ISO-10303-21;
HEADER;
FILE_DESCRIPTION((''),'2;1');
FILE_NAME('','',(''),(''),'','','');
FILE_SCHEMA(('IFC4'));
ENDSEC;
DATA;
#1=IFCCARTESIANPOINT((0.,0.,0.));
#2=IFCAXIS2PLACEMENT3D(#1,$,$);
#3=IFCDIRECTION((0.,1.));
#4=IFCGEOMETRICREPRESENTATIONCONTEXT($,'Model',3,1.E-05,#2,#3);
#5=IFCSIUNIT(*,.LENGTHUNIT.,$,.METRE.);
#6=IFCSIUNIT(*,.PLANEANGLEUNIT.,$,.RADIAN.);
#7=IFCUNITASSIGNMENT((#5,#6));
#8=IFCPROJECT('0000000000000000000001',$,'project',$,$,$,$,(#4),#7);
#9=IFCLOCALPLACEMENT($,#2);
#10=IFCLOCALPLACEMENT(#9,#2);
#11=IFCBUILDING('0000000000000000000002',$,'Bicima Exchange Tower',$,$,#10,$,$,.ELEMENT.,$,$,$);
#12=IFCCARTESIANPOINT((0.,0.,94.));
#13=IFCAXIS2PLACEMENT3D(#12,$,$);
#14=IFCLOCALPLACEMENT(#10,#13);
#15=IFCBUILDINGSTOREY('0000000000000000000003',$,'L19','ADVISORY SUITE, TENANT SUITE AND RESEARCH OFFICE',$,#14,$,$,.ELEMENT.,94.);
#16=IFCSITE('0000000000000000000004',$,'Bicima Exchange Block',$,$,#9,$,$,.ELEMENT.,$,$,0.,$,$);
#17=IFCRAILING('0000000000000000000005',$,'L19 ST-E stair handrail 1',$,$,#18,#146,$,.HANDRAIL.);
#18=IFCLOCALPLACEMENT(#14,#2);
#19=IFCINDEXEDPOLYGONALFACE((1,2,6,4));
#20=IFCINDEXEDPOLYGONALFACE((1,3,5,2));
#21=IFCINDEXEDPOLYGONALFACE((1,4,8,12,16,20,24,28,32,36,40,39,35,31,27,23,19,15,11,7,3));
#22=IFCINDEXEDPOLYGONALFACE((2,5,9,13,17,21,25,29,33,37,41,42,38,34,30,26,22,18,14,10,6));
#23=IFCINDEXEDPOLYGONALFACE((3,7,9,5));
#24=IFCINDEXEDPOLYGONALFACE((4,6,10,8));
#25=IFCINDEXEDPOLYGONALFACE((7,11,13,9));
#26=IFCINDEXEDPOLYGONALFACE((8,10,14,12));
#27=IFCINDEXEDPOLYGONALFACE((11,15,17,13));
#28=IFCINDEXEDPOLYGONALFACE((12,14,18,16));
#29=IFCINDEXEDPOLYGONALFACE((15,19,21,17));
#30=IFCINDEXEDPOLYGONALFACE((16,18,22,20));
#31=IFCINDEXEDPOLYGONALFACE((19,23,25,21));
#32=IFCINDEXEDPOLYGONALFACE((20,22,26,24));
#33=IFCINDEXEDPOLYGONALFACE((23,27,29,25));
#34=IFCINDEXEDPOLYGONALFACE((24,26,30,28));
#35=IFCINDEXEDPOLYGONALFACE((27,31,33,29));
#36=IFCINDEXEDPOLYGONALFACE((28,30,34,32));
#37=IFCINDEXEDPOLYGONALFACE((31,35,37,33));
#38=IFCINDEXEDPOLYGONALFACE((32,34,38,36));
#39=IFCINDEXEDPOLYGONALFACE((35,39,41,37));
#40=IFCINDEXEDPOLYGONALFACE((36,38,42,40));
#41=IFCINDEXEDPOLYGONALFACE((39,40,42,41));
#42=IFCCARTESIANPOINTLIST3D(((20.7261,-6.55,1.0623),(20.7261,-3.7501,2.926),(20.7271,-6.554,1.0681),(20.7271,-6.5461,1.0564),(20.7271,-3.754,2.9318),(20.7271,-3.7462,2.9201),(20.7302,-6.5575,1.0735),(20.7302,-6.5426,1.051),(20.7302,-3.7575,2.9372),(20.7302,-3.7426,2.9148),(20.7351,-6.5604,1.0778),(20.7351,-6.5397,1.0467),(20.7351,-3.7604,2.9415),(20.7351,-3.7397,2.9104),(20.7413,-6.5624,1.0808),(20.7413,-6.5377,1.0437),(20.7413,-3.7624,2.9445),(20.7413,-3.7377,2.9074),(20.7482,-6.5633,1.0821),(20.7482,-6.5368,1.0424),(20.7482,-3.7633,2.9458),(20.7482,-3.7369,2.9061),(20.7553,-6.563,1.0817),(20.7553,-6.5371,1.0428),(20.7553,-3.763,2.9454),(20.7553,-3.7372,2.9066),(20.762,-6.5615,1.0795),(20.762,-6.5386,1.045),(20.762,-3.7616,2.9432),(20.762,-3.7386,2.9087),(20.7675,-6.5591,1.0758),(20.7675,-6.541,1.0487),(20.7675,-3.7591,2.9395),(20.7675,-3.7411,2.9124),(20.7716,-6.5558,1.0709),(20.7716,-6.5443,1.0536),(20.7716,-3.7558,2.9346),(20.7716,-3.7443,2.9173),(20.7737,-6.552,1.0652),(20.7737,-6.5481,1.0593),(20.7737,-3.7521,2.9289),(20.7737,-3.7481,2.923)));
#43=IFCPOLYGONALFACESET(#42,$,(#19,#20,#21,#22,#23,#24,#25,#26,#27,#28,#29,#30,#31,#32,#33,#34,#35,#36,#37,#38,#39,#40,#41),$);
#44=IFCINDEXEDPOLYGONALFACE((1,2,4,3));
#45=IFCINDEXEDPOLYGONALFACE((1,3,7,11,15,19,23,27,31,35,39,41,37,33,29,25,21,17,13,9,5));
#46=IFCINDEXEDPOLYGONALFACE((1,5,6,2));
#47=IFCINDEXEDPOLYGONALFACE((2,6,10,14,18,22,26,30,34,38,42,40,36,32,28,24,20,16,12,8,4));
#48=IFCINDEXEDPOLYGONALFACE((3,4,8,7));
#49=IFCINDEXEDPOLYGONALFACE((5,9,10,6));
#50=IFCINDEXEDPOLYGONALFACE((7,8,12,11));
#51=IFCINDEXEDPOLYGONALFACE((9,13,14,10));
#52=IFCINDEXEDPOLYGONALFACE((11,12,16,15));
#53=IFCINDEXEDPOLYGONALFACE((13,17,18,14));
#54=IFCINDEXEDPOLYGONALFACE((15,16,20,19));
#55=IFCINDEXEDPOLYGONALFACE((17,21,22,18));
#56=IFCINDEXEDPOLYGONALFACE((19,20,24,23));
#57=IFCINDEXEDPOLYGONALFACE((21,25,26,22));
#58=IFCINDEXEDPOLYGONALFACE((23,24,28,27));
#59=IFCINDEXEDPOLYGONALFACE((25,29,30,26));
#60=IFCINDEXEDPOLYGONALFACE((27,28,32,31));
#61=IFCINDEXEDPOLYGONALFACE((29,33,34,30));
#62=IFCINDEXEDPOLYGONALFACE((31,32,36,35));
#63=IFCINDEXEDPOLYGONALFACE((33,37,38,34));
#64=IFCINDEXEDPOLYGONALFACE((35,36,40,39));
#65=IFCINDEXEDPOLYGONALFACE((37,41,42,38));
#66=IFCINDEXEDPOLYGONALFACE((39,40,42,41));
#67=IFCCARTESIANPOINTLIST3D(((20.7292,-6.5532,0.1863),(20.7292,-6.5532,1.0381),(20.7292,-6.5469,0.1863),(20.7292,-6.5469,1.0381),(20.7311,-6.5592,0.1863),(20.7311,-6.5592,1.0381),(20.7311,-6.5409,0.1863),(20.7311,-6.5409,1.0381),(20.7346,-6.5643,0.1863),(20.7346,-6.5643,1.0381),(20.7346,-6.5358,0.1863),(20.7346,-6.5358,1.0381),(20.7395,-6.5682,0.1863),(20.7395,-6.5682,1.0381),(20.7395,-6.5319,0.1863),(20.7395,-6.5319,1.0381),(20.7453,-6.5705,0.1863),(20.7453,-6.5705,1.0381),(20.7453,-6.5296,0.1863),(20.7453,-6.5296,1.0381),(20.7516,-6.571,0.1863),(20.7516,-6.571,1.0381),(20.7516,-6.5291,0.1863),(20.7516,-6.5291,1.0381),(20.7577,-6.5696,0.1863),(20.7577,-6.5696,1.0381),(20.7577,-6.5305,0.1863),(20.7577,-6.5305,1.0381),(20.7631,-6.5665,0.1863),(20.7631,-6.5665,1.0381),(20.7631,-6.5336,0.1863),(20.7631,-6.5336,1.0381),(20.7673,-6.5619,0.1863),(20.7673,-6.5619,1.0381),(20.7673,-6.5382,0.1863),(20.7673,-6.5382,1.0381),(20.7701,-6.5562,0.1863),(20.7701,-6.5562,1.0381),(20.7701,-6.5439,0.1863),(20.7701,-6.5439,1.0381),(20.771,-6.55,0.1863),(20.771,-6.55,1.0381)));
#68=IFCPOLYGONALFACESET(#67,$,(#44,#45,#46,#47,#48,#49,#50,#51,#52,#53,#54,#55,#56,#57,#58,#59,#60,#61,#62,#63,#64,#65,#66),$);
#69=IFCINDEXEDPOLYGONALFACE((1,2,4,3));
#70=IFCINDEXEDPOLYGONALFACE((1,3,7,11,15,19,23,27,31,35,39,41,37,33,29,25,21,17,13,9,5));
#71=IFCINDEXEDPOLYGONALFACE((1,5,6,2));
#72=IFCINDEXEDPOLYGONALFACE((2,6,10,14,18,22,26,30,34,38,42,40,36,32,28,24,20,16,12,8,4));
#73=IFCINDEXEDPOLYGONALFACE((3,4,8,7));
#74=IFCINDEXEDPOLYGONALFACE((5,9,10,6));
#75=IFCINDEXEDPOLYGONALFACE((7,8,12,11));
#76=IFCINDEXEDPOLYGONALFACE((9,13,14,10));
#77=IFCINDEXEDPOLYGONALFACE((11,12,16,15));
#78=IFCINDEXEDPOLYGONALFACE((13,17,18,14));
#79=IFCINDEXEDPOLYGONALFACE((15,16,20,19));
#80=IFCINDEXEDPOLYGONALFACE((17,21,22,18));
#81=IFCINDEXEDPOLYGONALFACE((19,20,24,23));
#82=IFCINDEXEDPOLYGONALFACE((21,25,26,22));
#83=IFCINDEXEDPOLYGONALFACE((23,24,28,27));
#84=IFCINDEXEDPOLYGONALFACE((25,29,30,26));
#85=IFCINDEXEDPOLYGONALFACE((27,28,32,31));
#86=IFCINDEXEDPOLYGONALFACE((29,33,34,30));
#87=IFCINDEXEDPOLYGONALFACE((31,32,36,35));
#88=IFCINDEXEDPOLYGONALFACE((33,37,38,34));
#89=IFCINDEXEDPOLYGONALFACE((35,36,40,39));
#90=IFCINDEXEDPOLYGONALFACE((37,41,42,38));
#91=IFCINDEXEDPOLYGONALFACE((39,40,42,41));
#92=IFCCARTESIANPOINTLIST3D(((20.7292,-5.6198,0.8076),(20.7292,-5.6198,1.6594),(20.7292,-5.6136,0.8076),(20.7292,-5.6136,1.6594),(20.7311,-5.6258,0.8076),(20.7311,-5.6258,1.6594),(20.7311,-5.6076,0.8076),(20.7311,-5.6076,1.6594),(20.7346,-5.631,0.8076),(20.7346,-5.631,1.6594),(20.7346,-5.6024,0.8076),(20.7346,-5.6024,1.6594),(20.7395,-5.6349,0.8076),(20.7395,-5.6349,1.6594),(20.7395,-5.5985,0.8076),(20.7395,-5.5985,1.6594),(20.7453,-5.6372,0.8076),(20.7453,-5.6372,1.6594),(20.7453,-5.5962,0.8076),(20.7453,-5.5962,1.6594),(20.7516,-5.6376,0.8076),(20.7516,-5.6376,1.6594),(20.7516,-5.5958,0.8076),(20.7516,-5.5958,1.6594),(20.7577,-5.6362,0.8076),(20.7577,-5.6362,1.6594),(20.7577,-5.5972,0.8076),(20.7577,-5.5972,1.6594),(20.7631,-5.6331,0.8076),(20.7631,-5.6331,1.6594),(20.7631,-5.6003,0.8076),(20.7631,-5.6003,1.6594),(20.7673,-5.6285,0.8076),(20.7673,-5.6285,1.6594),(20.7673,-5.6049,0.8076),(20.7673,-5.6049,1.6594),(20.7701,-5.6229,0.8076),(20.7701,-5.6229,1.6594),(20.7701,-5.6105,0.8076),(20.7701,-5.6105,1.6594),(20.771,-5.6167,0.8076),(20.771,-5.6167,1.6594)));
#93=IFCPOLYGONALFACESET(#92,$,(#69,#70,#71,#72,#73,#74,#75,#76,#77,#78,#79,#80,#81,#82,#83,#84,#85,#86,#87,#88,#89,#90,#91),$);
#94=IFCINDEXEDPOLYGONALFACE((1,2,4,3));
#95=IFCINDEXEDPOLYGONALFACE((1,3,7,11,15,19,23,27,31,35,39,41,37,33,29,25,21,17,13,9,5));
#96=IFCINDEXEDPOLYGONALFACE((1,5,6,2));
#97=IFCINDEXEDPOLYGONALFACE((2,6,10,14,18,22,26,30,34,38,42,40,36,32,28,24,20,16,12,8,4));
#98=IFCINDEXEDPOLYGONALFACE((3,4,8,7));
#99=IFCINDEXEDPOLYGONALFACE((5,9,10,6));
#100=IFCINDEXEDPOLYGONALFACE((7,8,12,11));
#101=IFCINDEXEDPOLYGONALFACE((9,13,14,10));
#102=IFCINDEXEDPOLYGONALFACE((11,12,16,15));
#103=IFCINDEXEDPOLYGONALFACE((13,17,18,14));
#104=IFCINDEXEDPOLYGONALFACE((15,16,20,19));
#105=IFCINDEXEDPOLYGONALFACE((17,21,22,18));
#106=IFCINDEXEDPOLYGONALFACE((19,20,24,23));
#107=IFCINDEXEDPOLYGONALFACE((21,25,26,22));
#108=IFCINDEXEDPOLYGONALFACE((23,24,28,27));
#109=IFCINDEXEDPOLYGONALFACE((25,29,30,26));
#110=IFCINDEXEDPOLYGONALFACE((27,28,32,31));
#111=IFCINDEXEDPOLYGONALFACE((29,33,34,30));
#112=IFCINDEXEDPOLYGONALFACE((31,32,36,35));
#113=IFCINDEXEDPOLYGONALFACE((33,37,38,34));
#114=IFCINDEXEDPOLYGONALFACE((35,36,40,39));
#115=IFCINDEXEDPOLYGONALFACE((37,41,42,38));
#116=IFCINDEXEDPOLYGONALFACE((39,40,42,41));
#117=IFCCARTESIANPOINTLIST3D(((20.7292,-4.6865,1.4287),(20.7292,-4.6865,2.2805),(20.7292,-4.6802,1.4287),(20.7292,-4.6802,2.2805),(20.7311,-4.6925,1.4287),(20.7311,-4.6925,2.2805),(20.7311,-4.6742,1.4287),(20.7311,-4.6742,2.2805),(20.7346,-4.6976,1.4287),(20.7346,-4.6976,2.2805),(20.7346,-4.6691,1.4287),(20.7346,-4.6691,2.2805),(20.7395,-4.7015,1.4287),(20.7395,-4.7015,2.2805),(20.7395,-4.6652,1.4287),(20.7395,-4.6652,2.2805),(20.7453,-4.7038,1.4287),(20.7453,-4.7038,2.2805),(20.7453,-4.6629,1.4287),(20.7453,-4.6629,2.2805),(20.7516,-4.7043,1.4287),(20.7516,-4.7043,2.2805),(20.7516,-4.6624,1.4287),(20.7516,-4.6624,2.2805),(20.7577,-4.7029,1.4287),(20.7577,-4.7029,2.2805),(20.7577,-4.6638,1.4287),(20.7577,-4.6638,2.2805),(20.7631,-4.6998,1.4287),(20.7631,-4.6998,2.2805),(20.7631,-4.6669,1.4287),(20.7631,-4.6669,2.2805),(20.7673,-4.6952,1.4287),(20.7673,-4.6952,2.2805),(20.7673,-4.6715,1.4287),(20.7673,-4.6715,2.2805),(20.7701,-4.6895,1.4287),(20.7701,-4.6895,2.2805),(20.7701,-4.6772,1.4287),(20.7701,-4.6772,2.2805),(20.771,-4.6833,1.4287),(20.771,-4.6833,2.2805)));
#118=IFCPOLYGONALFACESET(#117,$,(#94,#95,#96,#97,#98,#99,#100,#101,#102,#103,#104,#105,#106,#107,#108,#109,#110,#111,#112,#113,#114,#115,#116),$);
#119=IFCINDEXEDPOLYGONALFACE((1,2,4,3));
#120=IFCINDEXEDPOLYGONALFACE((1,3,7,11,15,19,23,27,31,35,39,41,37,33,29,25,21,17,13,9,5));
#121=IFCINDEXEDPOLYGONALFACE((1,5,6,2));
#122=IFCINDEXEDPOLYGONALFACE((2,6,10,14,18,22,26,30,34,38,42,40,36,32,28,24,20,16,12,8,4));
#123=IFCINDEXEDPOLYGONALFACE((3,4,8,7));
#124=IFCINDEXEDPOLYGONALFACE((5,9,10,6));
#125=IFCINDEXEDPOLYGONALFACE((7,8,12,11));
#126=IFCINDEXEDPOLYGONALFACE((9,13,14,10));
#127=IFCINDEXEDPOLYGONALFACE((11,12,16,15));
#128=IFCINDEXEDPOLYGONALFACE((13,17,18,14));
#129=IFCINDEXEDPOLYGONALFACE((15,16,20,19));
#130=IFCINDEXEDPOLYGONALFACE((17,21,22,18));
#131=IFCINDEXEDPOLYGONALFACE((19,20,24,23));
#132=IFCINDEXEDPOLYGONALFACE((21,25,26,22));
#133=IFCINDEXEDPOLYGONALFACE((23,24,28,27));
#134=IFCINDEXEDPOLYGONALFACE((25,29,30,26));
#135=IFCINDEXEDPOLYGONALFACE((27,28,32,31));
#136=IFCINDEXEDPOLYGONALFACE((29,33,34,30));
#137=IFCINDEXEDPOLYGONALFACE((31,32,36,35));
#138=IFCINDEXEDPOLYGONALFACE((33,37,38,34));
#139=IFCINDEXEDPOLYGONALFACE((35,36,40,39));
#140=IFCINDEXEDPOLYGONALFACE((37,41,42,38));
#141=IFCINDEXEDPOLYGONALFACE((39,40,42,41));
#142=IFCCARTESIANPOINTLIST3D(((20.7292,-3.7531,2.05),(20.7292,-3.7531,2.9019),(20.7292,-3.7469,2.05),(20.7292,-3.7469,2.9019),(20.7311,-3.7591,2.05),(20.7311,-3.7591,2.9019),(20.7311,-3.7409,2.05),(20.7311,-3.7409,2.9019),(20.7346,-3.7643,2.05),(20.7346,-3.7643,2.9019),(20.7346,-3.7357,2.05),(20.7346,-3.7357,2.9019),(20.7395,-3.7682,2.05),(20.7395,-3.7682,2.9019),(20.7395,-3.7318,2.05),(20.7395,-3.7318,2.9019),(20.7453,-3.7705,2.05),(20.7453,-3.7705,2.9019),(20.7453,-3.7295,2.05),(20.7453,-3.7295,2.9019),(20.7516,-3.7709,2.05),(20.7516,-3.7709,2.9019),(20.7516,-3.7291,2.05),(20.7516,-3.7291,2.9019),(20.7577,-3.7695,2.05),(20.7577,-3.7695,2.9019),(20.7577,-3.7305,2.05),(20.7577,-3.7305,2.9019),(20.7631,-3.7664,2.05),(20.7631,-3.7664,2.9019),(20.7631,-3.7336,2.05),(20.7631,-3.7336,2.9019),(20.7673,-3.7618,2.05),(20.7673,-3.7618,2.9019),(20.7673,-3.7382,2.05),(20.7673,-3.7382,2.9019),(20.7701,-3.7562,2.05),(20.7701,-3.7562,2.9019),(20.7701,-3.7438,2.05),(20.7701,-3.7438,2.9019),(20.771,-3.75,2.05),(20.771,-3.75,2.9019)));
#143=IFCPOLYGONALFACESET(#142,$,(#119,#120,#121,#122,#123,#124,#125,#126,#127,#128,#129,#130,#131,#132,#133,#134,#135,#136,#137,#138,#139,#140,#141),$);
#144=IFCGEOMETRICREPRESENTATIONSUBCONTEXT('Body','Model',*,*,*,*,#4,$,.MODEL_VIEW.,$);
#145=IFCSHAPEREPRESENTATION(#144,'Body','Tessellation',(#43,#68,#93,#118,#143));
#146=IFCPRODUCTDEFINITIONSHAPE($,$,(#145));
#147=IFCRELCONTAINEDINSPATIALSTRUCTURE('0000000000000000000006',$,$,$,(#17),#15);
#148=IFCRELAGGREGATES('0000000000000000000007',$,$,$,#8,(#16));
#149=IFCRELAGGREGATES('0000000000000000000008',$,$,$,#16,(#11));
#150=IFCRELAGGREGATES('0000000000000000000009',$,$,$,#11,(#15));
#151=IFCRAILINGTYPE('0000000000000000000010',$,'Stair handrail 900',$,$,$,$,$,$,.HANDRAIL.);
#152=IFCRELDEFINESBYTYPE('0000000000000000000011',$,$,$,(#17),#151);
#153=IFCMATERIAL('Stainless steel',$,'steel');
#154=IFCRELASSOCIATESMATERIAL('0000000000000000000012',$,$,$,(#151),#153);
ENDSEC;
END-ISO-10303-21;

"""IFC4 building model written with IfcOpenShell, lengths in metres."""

from ifc_helpers import new_model, si_unit, direction, frame, origin, origin_2d, place, context, subcontext, project, spatial, circle, extrude, material, type_object, element, save


model = new_model("IFC4")

# Units and contexts
model_context = context("Model", 3, precision=1e-05, world=origin(), true_north=direction((0.0, 1.0)))
body_context = subcontext(model_context, "Body", "Model", "MODEL_VIEW")
ifc_project = project(units=[si_unit("LENGTHUNIT", "METRE"), si_unit("PLANEANGLEUNIT", "RADIAN")], contexts=[model_context])

# Site, building, storey
site_placement = place(None, origin())
site = spatial("IfcSite", under=ifc_project, at=site_placement, Name="Bicima Exchange Block", CompositionType="ELEMENT", RefElevation=0.0)
building_placement = place(site_placement, origin())
building = spatial("IfcBuilding", under=site, at=building_placement, Name="Bicima Exchange Tower", CompositionType="ELEMENT")
storey_placement = place(building_placement, frame((0.0, 0.0, 94.0)))
storey = spatial("IfcBuildingStorey", under=building, at=storey_placement, Name="L19", Description="ADVISORY SUITE, TENANT SUITE AND RESEARCH OFFICE", CompositionType="ELEMENT", Elevation=94.0)

# Railing
ifc_material_1 = material(Name="Stainless steel", Category="steel")
railing_type = type_object("IfcRailingType", Name="Stair handrail 900", PredefinedType="HANDRAIL", material=ifc_material_1)
railing_1_placement = place(storey_placement, frame((20.75, -6.55, 0.1863)))
element("IfcRailing", 1, at=railing_1_placement, inside=storey, type_object=railing_type, Name="L19 ST-E stair handrail 1", PredefinedType="HANDRAIL", context=body_context, shape_type="SweptSolid", body=[
    extrude(circle(Radius=0.0239, at=origin_2d()), frame((0.0, 0.0, 0.876), z_axis=(0.0, 0.832452, 0.554097), x_axis=(-1.0, 0.0, 0.0)), (0.0, 0.0, 1.0), 3.3635),
    extrude(circle(Radius=0.021, at=origin_2d()), origin(), (0.0, 0.0, 1.0), 0.8518),
    extrude(circle(Radius=0.021, at=origin_2d()), frame((0.0, 0.9333, 0.6213)), (0.0, 0.0, 1.0), 0.8518),
    extrude(circle(Radius=0.021, at=origin_2d()), frame((0.0, 1.8667, 1.2424)), (0.0, 0.0, 1.0), 0.8518),
    extrude(circle(Radius=0.021, at=origin_2d()), frame((0.0, 2.8, 1.8638)), (0.0, 0.0, 1.0), 0.8518),
])

save(model, "model.ifc")
